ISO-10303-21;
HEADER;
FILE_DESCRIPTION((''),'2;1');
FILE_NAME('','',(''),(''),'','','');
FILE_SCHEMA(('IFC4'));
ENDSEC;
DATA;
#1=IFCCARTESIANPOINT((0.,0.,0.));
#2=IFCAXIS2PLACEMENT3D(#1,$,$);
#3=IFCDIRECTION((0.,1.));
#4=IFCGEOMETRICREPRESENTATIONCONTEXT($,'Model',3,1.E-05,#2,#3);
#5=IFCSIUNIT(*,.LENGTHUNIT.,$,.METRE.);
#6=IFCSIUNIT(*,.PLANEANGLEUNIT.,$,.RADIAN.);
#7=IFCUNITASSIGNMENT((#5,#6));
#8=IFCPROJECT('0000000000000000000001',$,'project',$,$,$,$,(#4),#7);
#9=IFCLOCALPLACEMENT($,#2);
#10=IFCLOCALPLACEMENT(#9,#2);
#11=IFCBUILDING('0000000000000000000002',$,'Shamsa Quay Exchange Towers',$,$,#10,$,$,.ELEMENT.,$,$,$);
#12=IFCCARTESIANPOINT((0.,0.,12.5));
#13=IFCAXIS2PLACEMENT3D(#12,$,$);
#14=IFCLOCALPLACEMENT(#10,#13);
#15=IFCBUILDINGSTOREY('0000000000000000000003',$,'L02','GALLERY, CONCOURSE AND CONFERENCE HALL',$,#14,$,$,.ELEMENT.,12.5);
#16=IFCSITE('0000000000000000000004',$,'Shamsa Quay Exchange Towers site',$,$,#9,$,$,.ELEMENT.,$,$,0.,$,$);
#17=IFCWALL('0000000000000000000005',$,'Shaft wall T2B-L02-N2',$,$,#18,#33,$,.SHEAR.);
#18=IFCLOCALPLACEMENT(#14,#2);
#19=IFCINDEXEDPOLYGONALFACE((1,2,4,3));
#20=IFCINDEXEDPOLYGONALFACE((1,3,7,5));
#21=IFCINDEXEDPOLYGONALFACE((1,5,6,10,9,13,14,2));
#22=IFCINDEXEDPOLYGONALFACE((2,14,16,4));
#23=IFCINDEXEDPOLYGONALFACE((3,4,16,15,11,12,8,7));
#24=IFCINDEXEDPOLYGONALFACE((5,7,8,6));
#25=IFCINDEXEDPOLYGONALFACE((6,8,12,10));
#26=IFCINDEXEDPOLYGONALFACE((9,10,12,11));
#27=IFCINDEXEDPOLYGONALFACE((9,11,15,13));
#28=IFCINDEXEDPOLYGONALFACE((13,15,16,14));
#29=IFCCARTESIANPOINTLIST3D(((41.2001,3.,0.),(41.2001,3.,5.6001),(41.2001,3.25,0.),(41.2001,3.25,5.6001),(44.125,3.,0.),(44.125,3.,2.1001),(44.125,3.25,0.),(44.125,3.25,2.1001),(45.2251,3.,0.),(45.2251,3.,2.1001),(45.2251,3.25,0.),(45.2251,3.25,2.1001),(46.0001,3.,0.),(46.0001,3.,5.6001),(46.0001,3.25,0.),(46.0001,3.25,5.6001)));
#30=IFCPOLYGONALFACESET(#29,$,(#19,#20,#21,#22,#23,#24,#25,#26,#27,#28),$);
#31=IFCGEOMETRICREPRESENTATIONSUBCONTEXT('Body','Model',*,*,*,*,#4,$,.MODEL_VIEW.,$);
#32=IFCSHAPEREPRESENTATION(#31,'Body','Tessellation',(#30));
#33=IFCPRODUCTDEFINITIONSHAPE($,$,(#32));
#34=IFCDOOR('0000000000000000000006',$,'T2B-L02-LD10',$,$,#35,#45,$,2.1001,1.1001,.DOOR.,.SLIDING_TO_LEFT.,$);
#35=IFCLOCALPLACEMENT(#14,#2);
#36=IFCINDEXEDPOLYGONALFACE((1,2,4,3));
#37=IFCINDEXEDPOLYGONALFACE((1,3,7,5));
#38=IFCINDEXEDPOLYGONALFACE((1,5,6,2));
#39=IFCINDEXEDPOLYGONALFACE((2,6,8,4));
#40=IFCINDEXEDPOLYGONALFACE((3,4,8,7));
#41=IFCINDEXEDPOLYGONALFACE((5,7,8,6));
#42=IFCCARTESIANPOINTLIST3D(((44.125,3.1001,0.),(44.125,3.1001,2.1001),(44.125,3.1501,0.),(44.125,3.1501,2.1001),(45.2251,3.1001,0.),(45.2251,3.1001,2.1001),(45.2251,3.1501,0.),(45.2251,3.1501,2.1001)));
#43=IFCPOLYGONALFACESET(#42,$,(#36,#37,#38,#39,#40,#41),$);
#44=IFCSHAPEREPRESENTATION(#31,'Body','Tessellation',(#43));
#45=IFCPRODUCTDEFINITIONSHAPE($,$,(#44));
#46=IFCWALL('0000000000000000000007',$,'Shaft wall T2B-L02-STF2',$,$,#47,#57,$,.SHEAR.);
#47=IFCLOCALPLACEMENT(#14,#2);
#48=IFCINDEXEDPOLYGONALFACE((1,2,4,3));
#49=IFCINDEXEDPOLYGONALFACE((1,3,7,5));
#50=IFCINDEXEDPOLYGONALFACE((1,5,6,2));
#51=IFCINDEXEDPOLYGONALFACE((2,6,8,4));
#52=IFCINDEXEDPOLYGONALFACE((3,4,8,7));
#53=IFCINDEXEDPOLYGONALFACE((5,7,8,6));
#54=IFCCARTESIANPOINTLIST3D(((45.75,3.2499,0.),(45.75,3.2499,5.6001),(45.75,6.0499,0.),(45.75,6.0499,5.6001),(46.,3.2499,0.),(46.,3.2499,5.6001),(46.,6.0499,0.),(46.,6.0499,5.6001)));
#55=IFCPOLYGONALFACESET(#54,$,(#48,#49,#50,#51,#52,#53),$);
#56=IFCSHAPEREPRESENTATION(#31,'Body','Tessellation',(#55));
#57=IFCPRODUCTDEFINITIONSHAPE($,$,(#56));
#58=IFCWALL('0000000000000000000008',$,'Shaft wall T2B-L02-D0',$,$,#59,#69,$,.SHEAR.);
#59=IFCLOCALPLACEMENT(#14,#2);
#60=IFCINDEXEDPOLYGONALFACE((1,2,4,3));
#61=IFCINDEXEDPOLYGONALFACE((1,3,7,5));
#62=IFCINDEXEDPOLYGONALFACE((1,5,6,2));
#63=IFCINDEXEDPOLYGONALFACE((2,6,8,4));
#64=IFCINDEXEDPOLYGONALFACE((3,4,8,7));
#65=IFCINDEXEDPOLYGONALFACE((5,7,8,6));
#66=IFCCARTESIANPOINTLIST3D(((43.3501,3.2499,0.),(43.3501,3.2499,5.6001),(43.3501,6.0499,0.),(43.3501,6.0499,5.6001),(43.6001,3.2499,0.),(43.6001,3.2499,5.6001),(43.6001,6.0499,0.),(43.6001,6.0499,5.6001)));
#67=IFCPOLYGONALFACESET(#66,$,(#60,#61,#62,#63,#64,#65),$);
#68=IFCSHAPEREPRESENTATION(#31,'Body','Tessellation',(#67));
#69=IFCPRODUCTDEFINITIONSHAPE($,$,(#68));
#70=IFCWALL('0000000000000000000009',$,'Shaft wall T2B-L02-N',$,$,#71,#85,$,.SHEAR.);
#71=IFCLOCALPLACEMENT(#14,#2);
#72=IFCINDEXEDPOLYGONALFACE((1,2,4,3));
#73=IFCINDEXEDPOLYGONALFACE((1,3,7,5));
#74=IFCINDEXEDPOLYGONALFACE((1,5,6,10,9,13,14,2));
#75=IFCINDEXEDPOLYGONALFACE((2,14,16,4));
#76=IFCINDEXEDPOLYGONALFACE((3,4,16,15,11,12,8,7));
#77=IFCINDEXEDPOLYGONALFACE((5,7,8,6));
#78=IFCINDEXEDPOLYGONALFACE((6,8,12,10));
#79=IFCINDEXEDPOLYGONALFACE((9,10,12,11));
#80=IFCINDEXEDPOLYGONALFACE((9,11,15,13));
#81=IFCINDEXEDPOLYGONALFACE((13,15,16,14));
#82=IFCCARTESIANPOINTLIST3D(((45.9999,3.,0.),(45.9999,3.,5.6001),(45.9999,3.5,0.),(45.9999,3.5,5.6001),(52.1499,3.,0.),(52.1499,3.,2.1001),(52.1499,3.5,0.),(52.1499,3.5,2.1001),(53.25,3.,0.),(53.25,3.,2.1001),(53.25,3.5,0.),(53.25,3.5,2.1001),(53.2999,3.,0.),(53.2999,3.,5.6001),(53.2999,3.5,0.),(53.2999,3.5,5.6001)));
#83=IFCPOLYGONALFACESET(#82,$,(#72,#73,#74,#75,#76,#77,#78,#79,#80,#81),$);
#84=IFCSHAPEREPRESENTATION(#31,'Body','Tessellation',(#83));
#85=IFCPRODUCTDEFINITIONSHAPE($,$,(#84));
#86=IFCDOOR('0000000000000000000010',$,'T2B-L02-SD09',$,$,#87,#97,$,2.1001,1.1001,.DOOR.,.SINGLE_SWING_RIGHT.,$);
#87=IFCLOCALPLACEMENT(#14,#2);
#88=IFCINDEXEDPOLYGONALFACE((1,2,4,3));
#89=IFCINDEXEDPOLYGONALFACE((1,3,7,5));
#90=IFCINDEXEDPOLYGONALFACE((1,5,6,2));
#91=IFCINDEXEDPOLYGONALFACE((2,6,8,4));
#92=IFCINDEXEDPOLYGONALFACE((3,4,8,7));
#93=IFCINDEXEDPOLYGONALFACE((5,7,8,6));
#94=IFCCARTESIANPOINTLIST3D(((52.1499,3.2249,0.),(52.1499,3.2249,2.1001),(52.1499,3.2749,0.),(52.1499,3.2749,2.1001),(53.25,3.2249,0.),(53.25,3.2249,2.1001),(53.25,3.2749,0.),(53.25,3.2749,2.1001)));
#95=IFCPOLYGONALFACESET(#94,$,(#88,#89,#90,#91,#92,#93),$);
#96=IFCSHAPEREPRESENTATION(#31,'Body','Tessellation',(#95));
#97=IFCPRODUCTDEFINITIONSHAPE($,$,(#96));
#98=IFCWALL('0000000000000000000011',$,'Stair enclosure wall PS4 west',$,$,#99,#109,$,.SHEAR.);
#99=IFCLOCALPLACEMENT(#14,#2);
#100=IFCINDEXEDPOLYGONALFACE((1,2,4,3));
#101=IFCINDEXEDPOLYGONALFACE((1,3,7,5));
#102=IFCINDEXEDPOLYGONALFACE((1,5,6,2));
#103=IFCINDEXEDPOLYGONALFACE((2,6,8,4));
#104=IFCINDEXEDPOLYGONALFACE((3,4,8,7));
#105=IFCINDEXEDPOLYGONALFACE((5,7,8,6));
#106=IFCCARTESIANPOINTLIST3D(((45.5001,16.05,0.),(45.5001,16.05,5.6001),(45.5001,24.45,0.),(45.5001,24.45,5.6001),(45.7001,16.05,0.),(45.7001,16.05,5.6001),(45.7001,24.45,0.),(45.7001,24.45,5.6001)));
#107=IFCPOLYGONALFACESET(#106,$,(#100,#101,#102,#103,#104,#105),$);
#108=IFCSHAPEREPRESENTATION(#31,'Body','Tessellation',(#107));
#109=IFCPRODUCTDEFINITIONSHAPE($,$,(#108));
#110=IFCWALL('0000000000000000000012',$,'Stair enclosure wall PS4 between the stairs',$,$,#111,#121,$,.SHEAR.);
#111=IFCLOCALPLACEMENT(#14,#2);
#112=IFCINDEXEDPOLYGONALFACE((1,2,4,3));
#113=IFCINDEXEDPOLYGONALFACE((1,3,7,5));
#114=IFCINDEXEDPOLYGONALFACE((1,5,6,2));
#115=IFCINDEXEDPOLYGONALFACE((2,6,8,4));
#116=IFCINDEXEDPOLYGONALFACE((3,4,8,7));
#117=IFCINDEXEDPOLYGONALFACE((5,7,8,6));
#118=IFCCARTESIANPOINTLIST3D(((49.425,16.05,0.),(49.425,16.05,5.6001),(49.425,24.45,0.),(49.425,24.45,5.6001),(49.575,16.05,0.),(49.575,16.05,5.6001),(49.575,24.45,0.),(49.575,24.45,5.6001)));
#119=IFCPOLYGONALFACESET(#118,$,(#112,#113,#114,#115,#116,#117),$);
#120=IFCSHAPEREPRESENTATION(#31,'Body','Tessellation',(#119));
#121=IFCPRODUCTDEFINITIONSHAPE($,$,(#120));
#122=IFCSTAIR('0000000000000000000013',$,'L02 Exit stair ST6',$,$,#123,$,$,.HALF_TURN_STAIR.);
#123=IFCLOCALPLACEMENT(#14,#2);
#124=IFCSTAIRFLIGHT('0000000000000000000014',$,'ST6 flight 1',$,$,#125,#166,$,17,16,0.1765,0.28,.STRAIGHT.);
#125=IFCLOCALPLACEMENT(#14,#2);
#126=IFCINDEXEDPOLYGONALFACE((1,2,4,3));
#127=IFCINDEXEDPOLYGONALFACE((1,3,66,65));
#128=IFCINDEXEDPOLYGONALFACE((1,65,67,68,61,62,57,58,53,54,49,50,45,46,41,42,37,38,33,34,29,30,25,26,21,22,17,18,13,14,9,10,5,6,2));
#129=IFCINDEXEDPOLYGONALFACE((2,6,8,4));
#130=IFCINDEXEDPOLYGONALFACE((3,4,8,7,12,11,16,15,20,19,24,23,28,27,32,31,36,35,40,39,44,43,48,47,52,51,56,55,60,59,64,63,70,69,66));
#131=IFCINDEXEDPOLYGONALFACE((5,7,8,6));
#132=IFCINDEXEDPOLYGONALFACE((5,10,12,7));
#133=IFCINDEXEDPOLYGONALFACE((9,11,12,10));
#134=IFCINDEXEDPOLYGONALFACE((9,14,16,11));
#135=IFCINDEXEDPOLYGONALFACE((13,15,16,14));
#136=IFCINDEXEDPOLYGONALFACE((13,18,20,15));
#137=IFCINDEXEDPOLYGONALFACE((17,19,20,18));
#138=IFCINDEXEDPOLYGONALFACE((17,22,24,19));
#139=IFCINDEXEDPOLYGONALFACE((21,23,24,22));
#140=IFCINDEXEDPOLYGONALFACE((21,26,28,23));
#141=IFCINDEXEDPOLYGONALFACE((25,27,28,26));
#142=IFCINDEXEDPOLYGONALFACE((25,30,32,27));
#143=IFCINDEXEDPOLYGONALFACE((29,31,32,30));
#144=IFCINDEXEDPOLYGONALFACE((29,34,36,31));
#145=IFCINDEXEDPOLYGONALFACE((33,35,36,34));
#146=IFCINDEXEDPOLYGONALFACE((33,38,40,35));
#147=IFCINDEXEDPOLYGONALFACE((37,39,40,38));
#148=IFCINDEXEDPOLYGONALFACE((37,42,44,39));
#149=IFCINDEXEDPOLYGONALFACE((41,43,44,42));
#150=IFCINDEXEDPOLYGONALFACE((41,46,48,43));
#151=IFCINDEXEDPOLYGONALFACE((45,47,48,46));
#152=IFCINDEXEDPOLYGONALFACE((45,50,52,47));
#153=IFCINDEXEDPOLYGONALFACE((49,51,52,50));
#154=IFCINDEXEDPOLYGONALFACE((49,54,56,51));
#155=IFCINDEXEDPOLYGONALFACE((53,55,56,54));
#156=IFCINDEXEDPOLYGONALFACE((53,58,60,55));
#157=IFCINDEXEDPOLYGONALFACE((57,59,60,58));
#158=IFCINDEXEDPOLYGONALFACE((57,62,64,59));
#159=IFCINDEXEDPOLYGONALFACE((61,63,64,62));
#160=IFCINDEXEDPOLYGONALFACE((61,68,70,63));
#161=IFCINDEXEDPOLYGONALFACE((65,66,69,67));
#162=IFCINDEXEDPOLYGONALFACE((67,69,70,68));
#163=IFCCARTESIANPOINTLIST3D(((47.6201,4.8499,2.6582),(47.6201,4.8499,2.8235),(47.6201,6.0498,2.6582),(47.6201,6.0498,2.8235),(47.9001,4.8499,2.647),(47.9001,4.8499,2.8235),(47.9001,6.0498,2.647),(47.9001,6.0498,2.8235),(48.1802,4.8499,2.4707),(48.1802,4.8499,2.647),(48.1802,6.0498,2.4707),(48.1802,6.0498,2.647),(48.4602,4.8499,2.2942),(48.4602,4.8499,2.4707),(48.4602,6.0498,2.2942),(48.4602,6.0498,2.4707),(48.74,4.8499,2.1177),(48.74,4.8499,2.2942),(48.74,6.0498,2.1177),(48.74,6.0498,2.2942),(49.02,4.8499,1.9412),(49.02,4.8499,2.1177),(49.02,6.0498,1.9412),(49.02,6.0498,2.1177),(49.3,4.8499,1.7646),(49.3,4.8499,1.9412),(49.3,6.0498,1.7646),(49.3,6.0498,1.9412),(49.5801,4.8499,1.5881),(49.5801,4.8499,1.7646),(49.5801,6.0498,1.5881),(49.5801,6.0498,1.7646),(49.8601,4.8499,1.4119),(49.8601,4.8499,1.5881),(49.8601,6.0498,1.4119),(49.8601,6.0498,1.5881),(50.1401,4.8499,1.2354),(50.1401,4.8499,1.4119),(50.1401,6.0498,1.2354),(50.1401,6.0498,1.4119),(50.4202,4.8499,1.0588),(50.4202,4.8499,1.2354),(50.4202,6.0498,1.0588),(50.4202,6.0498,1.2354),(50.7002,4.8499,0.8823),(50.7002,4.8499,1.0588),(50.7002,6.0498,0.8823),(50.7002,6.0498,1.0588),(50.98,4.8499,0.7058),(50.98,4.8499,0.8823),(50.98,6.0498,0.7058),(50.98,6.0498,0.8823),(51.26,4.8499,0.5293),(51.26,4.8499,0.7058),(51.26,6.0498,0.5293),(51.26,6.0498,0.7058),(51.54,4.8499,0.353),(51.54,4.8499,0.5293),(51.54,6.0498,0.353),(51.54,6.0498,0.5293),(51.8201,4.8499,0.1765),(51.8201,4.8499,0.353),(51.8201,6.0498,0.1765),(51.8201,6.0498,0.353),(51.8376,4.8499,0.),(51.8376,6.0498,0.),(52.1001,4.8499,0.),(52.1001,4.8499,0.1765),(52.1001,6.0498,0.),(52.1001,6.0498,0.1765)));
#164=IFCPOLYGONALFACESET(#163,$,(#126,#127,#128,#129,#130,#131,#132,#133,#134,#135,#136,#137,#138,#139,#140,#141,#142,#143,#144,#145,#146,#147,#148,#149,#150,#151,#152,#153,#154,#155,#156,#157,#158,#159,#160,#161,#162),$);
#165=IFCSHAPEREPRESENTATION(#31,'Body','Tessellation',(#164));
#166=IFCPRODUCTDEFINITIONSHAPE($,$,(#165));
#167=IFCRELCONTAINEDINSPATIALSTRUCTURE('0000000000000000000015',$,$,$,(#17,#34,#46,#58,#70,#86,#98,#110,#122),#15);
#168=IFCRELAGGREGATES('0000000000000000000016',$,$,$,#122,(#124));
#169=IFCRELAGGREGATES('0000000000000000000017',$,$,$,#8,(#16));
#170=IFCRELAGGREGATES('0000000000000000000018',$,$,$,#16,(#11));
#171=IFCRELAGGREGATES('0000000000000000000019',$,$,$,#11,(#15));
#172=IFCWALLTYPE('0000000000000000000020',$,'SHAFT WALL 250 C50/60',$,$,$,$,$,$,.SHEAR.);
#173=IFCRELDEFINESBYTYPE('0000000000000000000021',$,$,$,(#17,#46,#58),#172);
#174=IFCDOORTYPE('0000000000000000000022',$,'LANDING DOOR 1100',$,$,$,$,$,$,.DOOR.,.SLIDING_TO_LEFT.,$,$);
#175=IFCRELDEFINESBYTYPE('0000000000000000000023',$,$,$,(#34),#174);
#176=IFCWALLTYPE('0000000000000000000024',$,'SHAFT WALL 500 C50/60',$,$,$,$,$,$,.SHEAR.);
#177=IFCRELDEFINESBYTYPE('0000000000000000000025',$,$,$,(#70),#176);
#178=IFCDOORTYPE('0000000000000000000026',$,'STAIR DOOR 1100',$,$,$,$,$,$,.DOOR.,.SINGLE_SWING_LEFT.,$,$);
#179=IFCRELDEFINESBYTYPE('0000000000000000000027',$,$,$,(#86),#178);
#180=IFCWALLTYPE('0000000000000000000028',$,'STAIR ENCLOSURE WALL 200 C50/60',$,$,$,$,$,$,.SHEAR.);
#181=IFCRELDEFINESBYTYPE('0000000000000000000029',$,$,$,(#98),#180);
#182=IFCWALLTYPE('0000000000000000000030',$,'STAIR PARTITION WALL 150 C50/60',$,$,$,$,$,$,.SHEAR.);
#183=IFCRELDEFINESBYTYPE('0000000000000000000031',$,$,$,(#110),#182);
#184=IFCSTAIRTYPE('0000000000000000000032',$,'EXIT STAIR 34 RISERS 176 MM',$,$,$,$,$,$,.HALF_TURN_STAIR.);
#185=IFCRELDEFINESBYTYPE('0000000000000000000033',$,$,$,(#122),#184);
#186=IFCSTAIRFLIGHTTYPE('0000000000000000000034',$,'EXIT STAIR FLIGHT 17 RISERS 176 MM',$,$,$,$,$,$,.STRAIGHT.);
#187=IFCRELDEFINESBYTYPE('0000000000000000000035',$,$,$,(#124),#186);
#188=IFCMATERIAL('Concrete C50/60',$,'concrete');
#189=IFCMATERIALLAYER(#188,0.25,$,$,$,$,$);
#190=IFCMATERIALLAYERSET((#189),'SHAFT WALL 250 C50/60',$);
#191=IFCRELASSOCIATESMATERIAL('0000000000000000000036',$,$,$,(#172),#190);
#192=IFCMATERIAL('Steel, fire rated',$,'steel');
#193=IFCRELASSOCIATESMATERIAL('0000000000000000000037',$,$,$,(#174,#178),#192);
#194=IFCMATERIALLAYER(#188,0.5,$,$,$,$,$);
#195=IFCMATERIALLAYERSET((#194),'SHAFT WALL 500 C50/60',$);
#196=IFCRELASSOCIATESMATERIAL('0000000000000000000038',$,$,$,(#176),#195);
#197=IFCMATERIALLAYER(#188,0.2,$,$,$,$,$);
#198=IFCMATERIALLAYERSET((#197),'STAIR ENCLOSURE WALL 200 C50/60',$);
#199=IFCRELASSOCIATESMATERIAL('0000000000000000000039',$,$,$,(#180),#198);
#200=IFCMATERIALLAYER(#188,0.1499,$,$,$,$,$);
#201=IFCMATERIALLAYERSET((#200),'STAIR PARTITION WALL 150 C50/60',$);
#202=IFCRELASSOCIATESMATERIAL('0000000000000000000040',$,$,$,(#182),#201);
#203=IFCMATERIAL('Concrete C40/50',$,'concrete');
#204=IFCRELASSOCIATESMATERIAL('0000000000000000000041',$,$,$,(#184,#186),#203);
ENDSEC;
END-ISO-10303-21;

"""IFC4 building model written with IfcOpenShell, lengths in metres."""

from ifc_helpers import new_model, si_unit, direction, frame, frame_2d, origin, place, context, subcontext, project, spatial, polyline, rectangle, outline, extrude, material, layer, layer_set, type_object, element, fill, aggregate, save


model = new_model("IFC4")

# Units and contexts
model_context = context("Model", 3, precision=1e-05, world=origin(), true_north=direction((0.0, 1.0)))
body_context = subcontext(model_context, "Body", "Model", "MODEL_VIEW")
ifc_project = project(units=[si_unit("LENGTHUNIT", "METRE"), si_unit("PLANEANGLEUNIT", "RADIAN")], contexts=[model_context])

# Site, building, storey
site_placement = place(None, origin())
site = spatial("IfcSite", under=ifc_project, at=site_placement, Name="Shamsa Quay Exchange Towers site", CompositionType="ELEMENT", RefElevation=0.0)
building_placement = place(site_placement, origin())
building = spatial("IfcBuilding", under=site, at=building_placement, Name="Shamsa Quay Exchange Towers", CompositionType="ELEMENT")
storey_placement = place(building_placement, frame((0.0, 0.0, 12.5)))
storey = spatial("IfcBuildingStorey", under=building, at=storey_placement, Name="L02", Description="GALLERY, CONCOURSE AND CONFERENCE HALL", CompositionType="ELEMENT", Elevation=12.5)

# Wall, opening, door
ifc_material_1 = material(Name="Concrete C50/60", Category="concrete")
ifc_layer_1 = layer(ifc_material_1, 0.25)
ifc_layer_set_1 = layer_set([ifc_layer_1], Name="SHAFT WALL 250 C50/60")
wall_type_1 = type_object("IfcWallType", Name="SHAFT WALL 250 C50/60", PredefinedType="SHEAR", material=ifc_layer_set_1)
wall_1_placement = place(storey_placement, frame((46.0, 3.125, 0.0), z_axis=(0.0, 0.0, 1.0), x_axis=(-1.0, 0.0, 0.0)))
wall_1 = element("IfcWall", 1, at=wall_1_placement, inside=storey, type_object=wall_type_1, Name="Shaft wall T2B-L02-N2", PredefinedType="SHEAR", context=body_context, shape_type="SweptSolid", body=[
    extrude(rectangle(XDim=4.8, YDim=0.25, at=frame_2d((2.3999, 0.0))), origin(), (0.0, 0.0, 1.0), 5.6001),
])
opening_1_placement = place(wall_1_placement, frame((0.7749, 0.0, 0.0)))
opening_1 = element("IfcOpeningElement", 2, at=opening_1_placement, cuts=wall_1, PredefinedType="OPENING", context=body_context, shape_type="SweptSolid", body=[
    extrude(rectangle(XDim=1.1001, YDim=2.1001, at=frame_2d((0.55, 1.05))), frame((0.0, 0.135, 0.0), z_axis=(0.0, -1.0, 0.0), x_axis=(1.0, 0.0, 0.0)), (0.0, 0.0, 1.0), 0.27),
])
ifc_material_2 = material(Name="Steel, fire rated", Category="steel")
door_type_1 = type_object("IfcDoorType", Name="LANDING DOOR 1100", OperationType="SLIDING_TO_LEFT", PredefinedType="DOOR", material=ifc_material_2)
door_1_placement = place(opening_1_placement, origin())
door_1 = element("IfcDoor", 3, at=door_1_placement, inside=storey, type_object=door_type_1, Name="T2B-L02-LD10", OperationType="SLIDING_TO_LEFT", OverallHeight=2.1001, OverallWidth=1.1001, PredefinedType="DOOR", context=body_context, shape_type="SweptSolid", body=[
    extrude(rectangle(XDim=1.1001, YDim=2.1001, at=frame_2d((0.55, 1.05))), frame((0.0, 0.0249, 0.0), z_axis=(0.0, -1.0, 0.0), x_axis=(1.0, 0.0, 0.0)), (0.0, 0.0, 1.0), 0.05),
])
fill(opening_1, door_1)

# Walls
for number, where, z_axis, x_axis, name in (
    (4, (45.875, 3.25, 0.0), (0.0, 0.0, 1.0), (0.0, 1.0, 0.0), "Shaft wall T2B-L02-STF2"),
    (5, (43.4751, 3.25, 0.0), (0.0, 0.0, 1.0), (0.0, 1.0, 0.0), "Shaft wall T2B-L02-D0"),
):
    element("IfcWall", number, at=place(storey_placement, frame(where, z_axis=z_axis, x_axis=x_axis)), inside=storey, type_object=wall_type_1, Name=name, PredefinedType="SHEAR", context=body_context, shape_type="SweptSolid", body=[
        extrude(rectangle(XDim=2.8, YDim=0.25, at=frame_2d((1.3999, 0.0))), origin(), (0.0, 0.0, 1.0), 5.6001),
    ])

# Wall, opening, door
ifc_layer_2 = layer(ifc_material_1, 0.5)
ifc_layer_set_2 = layer_set([ifc_layer_2], Name="SHAFT WALL 500 C50/60")
wall_type_2 = type_object("IfcWallType", Name="SHAFT WALL 500 C50/60", PredefinedType="SHEAR", material=ifc_layer_set_2)
wall_2_placement = place(storey_placement, frame((46.0, 3.25, 0.0)))
wall_2 = element("IfcWall", 6, at=wall_2_placement, inside=storey, type_object=wall_type_2, Name="Shaft wall T2B-L02-N", PredefinedType="SHEAR", context=body_context, shape_type="SweptSolid", body=[
    extrude(rectangle(XDim=7.3, YDim=0.5, at=frame_2d((3.6499, 0.0))), origin(), (0.0, 0.0, 1.0), 5.6001),
])
opening_2_placement = place(wall_2_placement, frame((6.1499, 0.0, 0.0)))
opening_2 = element("IfcOpeningElement", 7, at=opening_2_placement, cuts=wall_2, PredefinedType="OPENING", context=body_context, shape_type="SweptSolid", body=[
    extrude(rectangle(XDim=1.1001, YDim=2.1001, at=frame_2d((0.55, 1.05))), frame((0.0, 0.26, 0.0), z_axis=(0.0, -1.0, 0.0), x_axis=(1.0, 0.0, 0.0)), (0.0, 0.0, 1.0), 0.52),
])
door_type_2 = type_object("IfcDoorType", Name="STAIR DOOR 1100", OperationType="SINGLE_SWING_LEFT", PredefinedType="DOOR", material=ifc_material_2)
door_2_placement = place(opening_2_placement, origin())
door_2 = element("IfcDoor", 8, at=door_2_placement, inside=storey, type_object=door_type_2, Name="T2B-L02-SD09", OperationType="SINGLE_SWING_RIGHT", OverallHeight=2.1001, OverallWidth=1.1001, PredefinedType="DOOR", context=body_context, shape_type="SweptSolid", body=[
    extrude(rectangle(XDim=1.1001, YDim=2.1001, at=frame_2d((0.55, 1.05))), frame((0.0, 0.0249, 0.0), z_axis=(0.0, -1.0, 0.0), x_axis=(1.0, 0.0, 0.0)), (0.0, 0.0, 1.0), 0.05),
])
fill(opening_2, door_2)

# Shared definitions
ifc_layer_3 = layer(ifc_material_1, 0.2)
ifc_layer_set_3 = layer_set([ifc_layer_3], Name="STAIR ENCLOSURE WALL 200 C50/60")
wall_type_3 = type_object("IfcWallType", Name="STAIR ENCLOSURE WALL 200 C50/60", PredefinedType="SHEAR", material=ifc_layer_set_3)

# Walls
wall_3_placement = place(storey_placement, frame((45.6001, 16.05, 0.0), z_axis=(0.0, 0.0, 1.0), x_axis=(0.0, 1.0, 0.0)))
element("IfcWall", 9, at=wall_3_placement, inside=storey, type_object=wall_type_3, Name="Stair enclosure wall PS4 west", PredefinedType="SHEAR", context=body_context, shape_type="SweptSolid", body=[
    extrude(rectangle(XDim=8.3999, YDim=0.2, at=frame_2d((4.2, 0.0))), origin(), (0.0, 0.0, 1.0), 5.6001),
])
ifc_layer_4 = layer(ifc_material_1, 0.1499)
ifc_layer_set_4 = layer_set([ifc_layer_4], Name="STAIR PARTITION WALL 150 C50/60")
wall_type_4 = type_object("IfcWallType", Name="STAIR PARTITION WALL 150 C50/60", PredefinedType="SHEAR", material=ifc_layer_set_4)
wall_4_placement = place(storey_placement, frame((49.5, 16.05, 0.0), z_axis=(0.0, 0.0, 1.0), x_axis=(0.0, 1.0, 0.0)))
element("IfcWall", 10, at=wall_4_placement, inside=storey, type_object=wall_type_4, Name="Stair enclosure wall PS4 between the stairs", PredefinedType="SHEAR", context=body_context, shape_type="SweptSolid", body=[
    extrude(rectangle(XDim=8.3999, YDim=0.1499, at=frame_2d((4.2, 0.0))), origin(), (0.0, 0.0, 1.0), 5.6001),
])

# Stair, stair flight
ifc_material_3 = material(Name="Concrete C40/50", Category="concrete")
stair_type = type_object("IfcStairType", Name="EXIT STAIR 34 RISERS 176 MM", PredefinedType="HALF_TURN_STAIR", material=ifc_material_3)
stair_placement = place(storey_placement, origin())
stair = element("IfcStair", 11, at=stair_placement, inside=storey, type_object=stair_type, Name="L02 Exit stair ST6", PredefinedType="HALF_TURN_STAIR")
stair_flight_type = type_object("IfcStairFlightType", Name="EXIT STAIR FLIGHT 17 RISERS 176 MM", PredefinedType="STRAIGHT", material=ifc_material_3)
stair_flight_1_placement = place(storey_placement, frame((52.1001, 5.45, 0.0), z_axis=(0.0, 0.0, 1.0), x_axis=(-1.0, 0.0, 0.0)))
stair_flight_1 = element("IfcStairFlight", 12, at=stair_flight_1_placement, type_object=stair_flight_type, Name="ST6 flight 1", NumberOfRisers=17, NumberOfTreads=16, PredefinedType="STRAIGHT", RiserHeight=0.1765, TreadLength=0.28, context=body_context, shape_type="SweptSolid", body=[
    extrude(outline(polyline([(0.0, 0.0), (0.0, 0.1765), (0.28, 0.1765), (0.28, 0.353), (0.5601, 0.353), (0.5601, 0.5293), (0.8401, 0.5293), (0.8401, 0.7058), (1.1201, 0.7058), (1.1201, 0.8823), (1.3999, 0.8823), (1.3999, 1.0588), (1.6799, 1.0588), (1.6799, 1.2354), (1.96, 1.2354), (1.96, 1.4119), (2.24, 1.4119), (2.24, 1.5881), (2.52, 1.5881), (2.52, 1.7646), (2.8, 1.7646), (2.8, 1.9412), (3.0801, 1.9412), (3.0801, 2.1177), (3.3601, 2.1177), (3.3601, 2.2942), (3.6399, 2.2942), (3.6399, 2.4707), (3.9199, 2.4707), (3.9199, 2.647), (4.2, 2.647), (4.2, 2.8235), (4.48, 2.8235), (4.48, 3.0), (4.48, 2.6582), (0.2625, 0.0), (0.0, 0.0)])), frame((0.0, 0.6001, 0.0), z_axis=(0.0, -1.0, 0.0), x_axis=(1.0, 0.0, 0.0)), (0.0, 0.0, 1.0), 1.2),
])
aggregate(stair, [stair_flight_1])

save(model, "model.ifc")
